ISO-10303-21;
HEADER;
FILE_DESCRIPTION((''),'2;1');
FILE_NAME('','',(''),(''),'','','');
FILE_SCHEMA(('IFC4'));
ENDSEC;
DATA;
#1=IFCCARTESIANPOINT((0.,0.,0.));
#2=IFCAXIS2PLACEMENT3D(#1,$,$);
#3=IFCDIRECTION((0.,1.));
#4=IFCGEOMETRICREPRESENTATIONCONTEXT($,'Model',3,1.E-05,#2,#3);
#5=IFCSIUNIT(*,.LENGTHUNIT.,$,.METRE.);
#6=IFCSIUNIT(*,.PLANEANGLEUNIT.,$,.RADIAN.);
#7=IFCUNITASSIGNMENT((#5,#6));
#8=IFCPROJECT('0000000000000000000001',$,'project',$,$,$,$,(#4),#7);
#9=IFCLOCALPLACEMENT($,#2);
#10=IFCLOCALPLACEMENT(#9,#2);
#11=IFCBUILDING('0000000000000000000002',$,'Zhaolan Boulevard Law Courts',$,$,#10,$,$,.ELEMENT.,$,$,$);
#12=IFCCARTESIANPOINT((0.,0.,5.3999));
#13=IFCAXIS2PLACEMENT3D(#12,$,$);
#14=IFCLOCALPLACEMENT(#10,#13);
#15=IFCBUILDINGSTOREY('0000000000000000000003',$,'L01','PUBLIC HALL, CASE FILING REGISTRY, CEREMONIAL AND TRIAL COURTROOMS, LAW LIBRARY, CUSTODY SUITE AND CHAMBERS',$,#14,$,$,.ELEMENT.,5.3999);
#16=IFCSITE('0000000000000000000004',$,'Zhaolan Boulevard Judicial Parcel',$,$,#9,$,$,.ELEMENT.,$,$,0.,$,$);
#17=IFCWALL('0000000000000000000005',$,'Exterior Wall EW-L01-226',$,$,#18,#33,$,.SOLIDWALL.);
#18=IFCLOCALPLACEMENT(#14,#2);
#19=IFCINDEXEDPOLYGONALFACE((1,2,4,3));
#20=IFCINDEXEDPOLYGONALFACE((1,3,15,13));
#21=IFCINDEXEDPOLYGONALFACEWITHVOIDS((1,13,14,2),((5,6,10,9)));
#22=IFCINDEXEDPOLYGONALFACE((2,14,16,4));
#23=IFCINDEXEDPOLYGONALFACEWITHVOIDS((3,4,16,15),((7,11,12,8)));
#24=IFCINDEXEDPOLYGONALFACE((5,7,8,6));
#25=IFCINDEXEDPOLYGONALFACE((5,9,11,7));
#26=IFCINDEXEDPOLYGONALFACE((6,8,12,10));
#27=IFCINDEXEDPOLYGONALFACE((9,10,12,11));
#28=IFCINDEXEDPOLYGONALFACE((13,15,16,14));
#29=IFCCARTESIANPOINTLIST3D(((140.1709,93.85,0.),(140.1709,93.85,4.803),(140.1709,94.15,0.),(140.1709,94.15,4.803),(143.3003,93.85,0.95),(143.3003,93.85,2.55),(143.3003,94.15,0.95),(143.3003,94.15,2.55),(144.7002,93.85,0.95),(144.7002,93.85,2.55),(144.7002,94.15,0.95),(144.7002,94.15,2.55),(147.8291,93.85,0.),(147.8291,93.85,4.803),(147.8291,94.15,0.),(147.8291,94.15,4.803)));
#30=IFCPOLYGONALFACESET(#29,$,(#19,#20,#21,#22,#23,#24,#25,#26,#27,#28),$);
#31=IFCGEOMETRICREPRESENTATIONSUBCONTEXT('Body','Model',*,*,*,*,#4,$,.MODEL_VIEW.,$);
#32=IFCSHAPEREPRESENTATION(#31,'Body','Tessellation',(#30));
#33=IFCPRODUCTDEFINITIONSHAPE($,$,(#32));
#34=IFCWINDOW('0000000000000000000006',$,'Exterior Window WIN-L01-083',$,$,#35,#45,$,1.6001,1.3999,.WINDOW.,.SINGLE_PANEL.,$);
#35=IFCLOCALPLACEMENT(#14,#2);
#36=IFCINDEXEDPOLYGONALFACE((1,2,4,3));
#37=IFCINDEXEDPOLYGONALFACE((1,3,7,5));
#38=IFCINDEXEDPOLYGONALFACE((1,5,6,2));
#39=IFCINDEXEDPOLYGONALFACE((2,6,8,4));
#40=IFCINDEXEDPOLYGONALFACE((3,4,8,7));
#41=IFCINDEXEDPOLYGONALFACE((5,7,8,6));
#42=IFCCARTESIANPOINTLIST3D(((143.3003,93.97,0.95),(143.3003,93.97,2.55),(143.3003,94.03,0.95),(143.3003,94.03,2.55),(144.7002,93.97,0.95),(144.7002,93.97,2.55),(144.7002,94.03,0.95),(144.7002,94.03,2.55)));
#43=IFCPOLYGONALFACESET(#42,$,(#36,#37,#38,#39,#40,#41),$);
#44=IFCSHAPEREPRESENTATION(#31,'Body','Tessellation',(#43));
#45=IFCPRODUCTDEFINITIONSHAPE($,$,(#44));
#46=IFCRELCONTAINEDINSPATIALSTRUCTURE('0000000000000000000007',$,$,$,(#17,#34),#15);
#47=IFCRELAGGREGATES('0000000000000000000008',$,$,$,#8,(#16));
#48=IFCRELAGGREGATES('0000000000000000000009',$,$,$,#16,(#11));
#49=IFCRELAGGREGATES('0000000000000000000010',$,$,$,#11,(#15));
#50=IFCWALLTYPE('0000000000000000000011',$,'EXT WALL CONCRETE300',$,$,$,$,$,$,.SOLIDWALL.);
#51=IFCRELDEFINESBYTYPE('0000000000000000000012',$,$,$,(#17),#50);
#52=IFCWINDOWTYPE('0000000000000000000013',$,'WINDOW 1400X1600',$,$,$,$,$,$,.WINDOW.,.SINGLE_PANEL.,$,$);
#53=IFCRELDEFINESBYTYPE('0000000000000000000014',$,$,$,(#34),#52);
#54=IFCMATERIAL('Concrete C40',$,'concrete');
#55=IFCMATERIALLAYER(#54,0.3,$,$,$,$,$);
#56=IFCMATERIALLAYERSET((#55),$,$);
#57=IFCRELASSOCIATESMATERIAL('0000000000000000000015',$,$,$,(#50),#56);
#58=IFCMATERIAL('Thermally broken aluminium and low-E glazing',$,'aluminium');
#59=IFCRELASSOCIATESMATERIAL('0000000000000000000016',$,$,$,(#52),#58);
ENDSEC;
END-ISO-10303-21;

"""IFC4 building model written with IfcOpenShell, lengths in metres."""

from ifc_helpers import new_model, si_unit, direction, frame, frame_2d, origin, place, context, subcontext, project, spatial, rectangle, extrude, material, layer, layer_set, type_object, element, fill, save


model = new_model("IFC4")

# Units and contexts
model_context = context("Model", 3, precision=1e-05, world=origin(), true_north=direction((0.0, 1.0)))
body_context = subcontext(model_context, "Body", "Model", "MODEL_VIEW")
ifc_project = project(units=[si_unit("LENGTHUNIT", "METRE"), si_unit("PLANEANGLEUNIT", "RADIAN")], contexts=[model_context])

# Site, building, storey
site_placement = place(None, origin())
site = spatial("IfcSite", under=ifc_project, at=site_placement, Name="Zhaolan Boulevard Judicial Parcel", CompositionType="ELEMENT", RefElevation=0.0)
building_placement = place(site_placement, origin())
building = spatial("IfcBuilding", under=site, at=building_placement, Name="Zhaolan Boulevard Law Courts", CompositionType="ELEMENT")
storey_placement = place(building_placement, frame((0.0, 0.0, 5.3999)))
storey = spatial("IfcBuildingStorey", under=building, at=storey_placement, Name="L01", Description="PUBLIC HALL, CASE FILING REGISTRY, CEREMONIAL AND TRIAL COURTROOMS, LAW LIBRARY, CUSTODY SUITE AND CHAMBERS", CompositionType="ELEMENT", Elevation=5.3999)

# Wall, opening, window
ifc_material_1 = material(Name="Concrete C40", Category="concrete")
ifc_layer_1 = layer(ifc_material_1, 0.3)
ifc_layer_set_1 = layer_set([ifc_layer_1])
wall_type = type_object("IfcWallType", Name="EXT WALL CONCRETE300", PredefinedType="SOLIDWALL", material=ifc_layer_set_1)
wall_placement = place(storey_placement, frame((147.8291, 94.0, 0.0), z_axis=(0.0, 0.0, 1.0), x_axis=(-1.0, 0.0, 0.0)))
wall = element("IfcWall", 1, at=wall_placement, inside=storey, type_object=wall_type, Name="Exterior Wall EW-L01-226", PredefinedType="SOLIDWALL", context=body_context, shape_type="SweptSolid", body=[
    extrude(rectangle(XDim=7.6582, YDim=0.3, at=frame_2d((3.8291, 0.0))), origin(), (0.0, 0.0, 1.0), 4.803),
])
opening_placement = place(wall_placement, frame((3.1289, 0.0, 0.95)))
opening = element("IfcOpeningElement", 2, at=opening_placement, cuts=wall, PredefinedType="OPENING", context=body_context, shape_type="SweptSolid", body=[
    extrude(rectangle(XDim=1.3999, YDim=1.6001, at=frame_2d((0.7, 0.8))), frame((0.0, 0.1599, 0.0), z_axis=(0.0, -1.0, 0.0), x_axis=(1.0, 0.0, 0.0)), (0.0, 0.0, 1.0), 0.3201),
])
ifc_material_2 = material(Name="Thermally broken aluminium and low-E glazing", Category="aluminium")
window_type = type_object("IfcWindowType", Name="WINDOW 1400X1600", PartitioningType="SINGLE_PANEL", PredefinedType="WINDOW", material=ifc_material_2)
window_placement = place(opening_placement, origin())
window = element("IfcWindow", 3, at=window_placement, inside=storey, type_object=window_type, Name="Exterior Window WIN-L01-083", OverallHeight=1.6001, OverallWidth=1.3999, PartitioningType="SINGLE_PANEL", PredefinedType="WINDOW", context=body_context, shape_type="SweptSolid", body=[
    extrude(rectangle(XDim=1.3999, YDim=1.6001, at=frame_2d((0.7, 0.8))), frame((0.0, 0.03, 0.0), z_axis=(0.0, -1.0, 0.0), x_axis=(1.0, 0.0, 0.0)), (0.0, 0.0, 1.0), 0.0601),
])
fill(opening, window)

save(model, "model.ifc")
